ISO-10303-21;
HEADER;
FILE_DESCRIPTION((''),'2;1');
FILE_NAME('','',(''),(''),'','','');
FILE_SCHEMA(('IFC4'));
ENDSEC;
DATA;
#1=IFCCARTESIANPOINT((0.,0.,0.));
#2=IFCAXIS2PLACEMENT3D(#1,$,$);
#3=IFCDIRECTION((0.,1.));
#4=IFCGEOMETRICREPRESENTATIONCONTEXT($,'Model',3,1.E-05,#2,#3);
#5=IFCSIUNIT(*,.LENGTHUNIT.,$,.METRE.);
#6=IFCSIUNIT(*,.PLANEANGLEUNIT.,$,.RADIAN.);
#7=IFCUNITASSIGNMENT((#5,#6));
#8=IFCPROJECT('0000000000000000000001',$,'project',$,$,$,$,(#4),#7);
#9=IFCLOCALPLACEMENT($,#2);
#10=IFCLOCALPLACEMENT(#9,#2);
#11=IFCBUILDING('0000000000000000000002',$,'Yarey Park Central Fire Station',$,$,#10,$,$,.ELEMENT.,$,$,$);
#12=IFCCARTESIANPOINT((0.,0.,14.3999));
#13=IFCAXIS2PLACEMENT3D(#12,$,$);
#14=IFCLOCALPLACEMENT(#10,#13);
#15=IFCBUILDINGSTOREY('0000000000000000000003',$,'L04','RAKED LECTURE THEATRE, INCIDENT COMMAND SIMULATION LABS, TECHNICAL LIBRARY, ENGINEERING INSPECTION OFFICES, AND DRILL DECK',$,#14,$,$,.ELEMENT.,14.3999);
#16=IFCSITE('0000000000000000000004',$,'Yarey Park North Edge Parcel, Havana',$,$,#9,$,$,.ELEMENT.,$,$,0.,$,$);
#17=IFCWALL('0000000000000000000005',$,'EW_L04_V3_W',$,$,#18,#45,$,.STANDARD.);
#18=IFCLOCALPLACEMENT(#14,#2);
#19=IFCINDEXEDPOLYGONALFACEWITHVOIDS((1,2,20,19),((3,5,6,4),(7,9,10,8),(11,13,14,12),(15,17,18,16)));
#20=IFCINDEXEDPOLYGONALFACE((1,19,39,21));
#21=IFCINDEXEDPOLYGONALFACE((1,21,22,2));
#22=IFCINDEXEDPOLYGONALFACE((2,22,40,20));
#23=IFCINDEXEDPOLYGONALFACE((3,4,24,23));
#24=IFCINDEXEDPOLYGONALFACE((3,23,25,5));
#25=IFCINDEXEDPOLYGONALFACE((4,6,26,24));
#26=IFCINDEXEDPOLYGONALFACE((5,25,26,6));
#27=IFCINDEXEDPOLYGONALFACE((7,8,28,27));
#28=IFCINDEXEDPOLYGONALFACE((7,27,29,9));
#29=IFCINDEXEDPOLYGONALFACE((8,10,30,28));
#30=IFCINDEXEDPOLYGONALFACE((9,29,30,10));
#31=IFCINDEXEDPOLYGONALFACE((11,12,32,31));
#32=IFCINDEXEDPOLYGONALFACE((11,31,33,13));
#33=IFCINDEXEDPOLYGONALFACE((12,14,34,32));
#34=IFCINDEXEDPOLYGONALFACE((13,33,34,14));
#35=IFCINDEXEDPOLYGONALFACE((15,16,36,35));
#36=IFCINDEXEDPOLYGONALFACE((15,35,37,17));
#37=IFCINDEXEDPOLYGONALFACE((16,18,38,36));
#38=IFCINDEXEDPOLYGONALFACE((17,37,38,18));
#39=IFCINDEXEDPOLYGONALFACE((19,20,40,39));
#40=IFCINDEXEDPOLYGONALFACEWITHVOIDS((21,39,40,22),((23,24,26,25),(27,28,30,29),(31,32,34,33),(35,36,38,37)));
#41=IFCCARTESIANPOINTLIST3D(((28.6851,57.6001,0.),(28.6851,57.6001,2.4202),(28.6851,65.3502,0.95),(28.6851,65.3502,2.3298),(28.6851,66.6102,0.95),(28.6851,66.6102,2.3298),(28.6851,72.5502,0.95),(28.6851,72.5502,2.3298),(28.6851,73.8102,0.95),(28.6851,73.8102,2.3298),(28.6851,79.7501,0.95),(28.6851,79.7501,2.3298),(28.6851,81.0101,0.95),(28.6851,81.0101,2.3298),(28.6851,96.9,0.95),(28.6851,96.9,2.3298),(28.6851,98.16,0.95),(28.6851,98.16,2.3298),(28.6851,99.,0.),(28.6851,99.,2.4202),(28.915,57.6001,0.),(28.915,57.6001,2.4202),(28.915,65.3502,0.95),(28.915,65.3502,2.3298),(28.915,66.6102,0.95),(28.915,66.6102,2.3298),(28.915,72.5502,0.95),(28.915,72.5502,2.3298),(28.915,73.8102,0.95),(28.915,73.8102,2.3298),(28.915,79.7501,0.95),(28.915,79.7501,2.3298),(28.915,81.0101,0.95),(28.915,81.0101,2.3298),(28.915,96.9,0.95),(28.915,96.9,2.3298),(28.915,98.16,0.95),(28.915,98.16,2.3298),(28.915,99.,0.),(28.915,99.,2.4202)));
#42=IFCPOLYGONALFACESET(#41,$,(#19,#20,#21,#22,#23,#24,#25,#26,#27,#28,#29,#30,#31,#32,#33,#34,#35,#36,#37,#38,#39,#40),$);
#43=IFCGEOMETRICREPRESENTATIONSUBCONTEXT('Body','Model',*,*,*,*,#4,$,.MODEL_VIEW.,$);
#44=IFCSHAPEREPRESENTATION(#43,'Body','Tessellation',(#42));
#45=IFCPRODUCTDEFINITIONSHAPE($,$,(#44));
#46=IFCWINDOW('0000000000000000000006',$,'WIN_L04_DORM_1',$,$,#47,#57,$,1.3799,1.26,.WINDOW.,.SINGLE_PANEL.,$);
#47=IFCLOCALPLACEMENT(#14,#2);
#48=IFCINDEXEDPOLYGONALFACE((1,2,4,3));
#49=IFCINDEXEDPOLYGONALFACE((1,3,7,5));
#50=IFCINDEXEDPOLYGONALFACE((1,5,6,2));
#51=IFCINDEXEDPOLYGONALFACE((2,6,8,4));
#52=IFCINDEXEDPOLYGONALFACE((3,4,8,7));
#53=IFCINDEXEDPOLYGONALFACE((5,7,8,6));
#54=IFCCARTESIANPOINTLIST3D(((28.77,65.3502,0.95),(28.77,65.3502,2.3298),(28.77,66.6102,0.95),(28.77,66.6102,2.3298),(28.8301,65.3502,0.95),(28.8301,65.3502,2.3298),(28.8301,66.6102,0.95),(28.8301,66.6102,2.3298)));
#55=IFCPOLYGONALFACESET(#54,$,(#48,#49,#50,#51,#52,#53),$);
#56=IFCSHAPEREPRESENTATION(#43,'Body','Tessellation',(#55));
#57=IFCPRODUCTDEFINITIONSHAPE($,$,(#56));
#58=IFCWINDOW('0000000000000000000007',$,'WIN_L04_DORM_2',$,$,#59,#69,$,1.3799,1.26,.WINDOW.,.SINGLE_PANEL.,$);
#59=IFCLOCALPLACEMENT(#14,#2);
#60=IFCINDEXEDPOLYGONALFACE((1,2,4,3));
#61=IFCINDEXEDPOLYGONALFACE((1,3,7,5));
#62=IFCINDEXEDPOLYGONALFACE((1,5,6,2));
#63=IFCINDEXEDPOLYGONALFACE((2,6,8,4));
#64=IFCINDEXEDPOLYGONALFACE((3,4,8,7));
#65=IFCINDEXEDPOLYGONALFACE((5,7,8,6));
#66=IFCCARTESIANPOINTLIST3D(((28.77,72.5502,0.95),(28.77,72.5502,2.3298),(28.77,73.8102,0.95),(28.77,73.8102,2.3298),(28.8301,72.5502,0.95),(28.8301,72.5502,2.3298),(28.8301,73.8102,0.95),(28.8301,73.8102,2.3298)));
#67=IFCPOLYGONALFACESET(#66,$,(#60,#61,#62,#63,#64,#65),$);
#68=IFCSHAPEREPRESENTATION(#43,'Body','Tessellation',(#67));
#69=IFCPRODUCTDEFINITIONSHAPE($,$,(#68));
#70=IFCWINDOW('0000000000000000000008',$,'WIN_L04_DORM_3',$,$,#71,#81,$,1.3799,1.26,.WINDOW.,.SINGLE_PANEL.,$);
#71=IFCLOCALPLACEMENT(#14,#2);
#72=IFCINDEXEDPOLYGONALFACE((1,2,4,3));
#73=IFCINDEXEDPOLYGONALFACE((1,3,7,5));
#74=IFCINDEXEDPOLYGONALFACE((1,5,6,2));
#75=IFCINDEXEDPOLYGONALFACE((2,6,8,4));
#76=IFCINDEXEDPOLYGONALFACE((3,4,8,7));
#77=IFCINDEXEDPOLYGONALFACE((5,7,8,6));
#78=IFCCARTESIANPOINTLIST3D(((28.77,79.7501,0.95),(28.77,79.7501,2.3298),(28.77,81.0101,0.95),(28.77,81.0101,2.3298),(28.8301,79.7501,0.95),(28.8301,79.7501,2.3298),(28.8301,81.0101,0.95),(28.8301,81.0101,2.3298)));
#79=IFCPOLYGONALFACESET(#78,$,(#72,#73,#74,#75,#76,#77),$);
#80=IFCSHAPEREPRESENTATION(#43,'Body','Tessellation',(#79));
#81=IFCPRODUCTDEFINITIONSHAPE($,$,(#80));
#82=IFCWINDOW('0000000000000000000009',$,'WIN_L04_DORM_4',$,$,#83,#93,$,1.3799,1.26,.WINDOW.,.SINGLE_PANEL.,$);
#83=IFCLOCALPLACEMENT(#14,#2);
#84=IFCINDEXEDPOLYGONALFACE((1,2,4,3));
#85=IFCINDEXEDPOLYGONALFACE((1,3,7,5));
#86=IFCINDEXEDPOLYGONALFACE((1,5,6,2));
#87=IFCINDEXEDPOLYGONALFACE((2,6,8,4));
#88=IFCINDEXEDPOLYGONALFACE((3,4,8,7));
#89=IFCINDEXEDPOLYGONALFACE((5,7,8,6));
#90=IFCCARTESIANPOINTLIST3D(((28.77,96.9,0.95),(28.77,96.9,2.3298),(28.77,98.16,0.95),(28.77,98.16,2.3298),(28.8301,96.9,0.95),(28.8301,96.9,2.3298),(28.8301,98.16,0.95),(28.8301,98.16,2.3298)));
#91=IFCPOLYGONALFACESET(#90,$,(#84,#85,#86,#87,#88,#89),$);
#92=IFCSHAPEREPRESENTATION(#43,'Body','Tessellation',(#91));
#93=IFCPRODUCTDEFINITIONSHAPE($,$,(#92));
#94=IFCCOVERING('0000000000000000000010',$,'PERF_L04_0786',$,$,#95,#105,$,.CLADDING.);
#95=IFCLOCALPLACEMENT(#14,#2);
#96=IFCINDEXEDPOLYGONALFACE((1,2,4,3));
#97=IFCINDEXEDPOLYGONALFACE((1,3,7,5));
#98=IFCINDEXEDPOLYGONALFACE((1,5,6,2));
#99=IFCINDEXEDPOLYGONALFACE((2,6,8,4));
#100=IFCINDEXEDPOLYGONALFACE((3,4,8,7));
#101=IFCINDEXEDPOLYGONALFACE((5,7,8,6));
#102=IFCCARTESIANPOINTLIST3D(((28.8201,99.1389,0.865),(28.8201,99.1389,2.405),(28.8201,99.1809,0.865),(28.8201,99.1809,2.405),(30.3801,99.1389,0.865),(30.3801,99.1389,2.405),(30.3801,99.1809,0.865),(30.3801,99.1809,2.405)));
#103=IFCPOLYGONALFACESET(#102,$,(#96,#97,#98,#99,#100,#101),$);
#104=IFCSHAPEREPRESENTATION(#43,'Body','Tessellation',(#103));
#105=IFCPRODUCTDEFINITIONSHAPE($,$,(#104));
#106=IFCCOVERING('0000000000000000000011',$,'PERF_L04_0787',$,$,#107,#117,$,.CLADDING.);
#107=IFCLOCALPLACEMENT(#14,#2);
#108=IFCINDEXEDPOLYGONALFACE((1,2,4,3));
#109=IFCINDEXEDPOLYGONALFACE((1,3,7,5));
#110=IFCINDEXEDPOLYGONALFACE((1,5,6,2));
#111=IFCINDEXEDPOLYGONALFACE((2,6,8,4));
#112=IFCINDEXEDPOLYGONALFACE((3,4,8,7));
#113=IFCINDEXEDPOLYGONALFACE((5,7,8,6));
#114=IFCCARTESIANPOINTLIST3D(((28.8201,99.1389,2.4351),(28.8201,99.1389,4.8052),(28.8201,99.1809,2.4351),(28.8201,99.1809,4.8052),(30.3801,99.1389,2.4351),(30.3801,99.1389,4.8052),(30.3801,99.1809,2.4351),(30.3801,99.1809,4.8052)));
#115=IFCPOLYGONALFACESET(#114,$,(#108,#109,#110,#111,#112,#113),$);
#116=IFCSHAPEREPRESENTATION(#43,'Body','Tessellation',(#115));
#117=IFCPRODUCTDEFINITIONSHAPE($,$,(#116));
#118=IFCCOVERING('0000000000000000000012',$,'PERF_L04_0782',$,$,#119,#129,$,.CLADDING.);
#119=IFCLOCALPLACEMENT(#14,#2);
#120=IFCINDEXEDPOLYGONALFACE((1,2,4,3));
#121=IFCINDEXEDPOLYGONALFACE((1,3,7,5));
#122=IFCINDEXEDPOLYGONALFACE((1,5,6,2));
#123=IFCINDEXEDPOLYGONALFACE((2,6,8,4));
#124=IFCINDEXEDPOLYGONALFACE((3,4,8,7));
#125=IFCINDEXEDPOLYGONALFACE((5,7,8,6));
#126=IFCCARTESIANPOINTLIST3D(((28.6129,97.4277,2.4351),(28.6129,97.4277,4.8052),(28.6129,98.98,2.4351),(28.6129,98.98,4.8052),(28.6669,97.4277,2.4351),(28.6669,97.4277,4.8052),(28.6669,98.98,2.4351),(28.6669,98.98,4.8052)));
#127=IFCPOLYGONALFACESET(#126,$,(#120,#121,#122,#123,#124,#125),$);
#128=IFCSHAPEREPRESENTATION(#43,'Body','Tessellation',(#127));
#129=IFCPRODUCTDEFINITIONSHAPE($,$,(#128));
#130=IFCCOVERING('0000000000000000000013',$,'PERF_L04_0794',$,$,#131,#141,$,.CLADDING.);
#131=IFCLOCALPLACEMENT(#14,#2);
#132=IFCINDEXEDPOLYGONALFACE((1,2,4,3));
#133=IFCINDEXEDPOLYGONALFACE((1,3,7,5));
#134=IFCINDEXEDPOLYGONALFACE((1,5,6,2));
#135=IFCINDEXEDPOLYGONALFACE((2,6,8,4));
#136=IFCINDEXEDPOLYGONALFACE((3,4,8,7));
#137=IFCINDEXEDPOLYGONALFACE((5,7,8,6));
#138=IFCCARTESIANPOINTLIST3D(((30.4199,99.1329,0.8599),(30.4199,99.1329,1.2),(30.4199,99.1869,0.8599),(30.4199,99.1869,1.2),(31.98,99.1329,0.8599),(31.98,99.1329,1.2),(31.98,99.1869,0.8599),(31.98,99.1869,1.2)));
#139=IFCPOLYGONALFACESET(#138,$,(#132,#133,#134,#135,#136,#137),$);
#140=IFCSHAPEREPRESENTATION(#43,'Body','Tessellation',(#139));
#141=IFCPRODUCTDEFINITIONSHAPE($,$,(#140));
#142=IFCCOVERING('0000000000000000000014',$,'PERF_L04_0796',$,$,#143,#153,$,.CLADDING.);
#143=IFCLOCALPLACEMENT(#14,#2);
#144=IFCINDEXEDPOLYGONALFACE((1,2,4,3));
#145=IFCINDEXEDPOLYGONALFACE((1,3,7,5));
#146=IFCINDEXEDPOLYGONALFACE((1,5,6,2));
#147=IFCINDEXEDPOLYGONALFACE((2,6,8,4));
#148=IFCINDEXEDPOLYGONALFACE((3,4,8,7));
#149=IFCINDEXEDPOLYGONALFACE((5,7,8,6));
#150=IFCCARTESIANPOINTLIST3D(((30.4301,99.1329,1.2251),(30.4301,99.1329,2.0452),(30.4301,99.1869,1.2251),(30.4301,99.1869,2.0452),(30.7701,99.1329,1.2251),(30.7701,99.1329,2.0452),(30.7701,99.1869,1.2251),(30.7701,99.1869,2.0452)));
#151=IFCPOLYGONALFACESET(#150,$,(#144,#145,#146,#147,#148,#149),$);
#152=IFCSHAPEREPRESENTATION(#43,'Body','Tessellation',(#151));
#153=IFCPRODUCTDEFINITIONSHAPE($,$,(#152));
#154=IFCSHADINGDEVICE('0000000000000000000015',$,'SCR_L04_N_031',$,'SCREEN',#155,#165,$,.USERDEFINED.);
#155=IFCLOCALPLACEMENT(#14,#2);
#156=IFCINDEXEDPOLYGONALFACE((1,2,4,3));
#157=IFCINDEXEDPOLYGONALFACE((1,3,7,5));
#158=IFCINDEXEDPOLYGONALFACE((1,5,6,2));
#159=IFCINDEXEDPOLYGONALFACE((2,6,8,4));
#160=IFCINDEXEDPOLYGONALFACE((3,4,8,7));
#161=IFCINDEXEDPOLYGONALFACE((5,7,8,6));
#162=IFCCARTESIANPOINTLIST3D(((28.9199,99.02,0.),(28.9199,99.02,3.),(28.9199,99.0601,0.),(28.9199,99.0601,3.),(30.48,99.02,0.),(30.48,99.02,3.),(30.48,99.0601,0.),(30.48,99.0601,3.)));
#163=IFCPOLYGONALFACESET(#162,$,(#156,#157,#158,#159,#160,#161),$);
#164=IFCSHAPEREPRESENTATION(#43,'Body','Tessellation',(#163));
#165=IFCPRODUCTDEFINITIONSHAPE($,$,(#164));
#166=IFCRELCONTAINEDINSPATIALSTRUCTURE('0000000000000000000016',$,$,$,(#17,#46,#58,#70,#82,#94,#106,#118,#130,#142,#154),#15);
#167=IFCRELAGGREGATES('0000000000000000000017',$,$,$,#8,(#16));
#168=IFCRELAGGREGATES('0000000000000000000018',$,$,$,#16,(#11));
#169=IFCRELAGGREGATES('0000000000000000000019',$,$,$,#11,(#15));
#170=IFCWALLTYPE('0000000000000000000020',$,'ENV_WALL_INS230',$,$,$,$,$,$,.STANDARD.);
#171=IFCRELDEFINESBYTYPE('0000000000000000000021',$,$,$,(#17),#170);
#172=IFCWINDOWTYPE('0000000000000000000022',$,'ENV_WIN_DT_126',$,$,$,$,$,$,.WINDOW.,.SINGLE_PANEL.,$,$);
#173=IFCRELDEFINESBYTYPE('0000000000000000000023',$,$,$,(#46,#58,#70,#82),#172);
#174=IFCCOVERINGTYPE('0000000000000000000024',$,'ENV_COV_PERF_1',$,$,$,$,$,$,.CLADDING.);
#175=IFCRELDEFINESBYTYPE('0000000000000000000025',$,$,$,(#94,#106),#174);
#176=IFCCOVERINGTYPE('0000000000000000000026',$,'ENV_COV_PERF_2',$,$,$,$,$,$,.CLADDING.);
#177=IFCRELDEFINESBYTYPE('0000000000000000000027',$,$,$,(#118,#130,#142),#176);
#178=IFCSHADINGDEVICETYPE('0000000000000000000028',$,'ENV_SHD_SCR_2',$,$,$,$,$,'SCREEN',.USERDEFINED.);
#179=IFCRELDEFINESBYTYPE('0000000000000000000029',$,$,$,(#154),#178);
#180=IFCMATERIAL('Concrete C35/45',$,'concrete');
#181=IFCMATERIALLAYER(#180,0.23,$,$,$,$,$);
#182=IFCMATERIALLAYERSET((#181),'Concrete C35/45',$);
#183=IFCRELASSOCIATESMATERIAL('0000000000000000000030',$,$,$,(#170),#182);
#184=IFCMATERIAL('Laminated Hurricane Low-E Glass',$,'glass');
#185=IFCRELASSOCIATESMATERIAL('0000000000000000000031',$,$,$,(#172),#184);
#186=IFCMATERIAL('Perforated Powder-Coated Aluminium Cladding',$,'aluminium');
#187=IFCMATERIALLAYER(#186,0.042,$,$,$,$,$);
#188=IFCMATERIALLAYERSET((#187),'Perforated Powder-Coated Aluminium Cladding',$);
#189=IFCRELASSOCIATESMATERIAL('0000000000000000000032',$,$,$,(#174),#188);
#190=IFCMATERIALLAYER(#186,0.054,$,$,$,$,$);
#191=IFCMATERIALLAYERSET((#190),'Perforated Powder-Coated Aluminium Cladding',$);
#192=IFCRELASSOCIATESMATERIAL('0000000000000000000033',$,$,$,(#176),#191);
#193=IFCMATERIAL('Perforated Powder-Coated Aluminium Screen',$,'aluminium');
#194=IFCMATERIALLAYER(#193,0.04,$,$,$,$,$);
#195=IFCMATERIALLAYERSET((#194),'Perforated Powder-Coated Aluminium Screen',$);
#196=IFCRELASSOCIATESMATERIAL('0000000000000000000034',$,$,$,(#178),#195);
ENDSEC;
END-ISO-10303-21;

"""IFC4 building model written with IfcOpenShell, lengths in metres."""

from ifc_helpers import new_model, si_unit, direction, frame, frame_2d, origin, origin_2d, place, context, subcontext, project, spatial, rectangle, extrude, material, layer, layer_set, type_object, element, fill, save


model = new_model("IFC4")

# Units and contexts
model_context = context("Model", 3, precision=1e-05, world=origin(), true_north=direction((0.0, 1.0)))
body_context = subcontext(model_context, "Body", "Model", "MODEL_VIEW")
ifc_project = project(units=[si_unit("LENGTHUNIT", "METRE"), si_unit("PLANEANGLEUNIT", "RADIAN")], contexts=[model_context])

# Site, building, storey
site_placement = place(None, origin())
site = spatial("IfcSite", under=ifc_project, at=site_placement, Name="Yarey Park North Edge Parcel, Havana", CompositionType="ELEMENT", RefElevation=0.0)
building_placement = place(site_placement, origin())
building = spatial("IfcBuilding", under=site, at=building_placement, Name="Yarey Park Central Fire Station", CompositionType="ELEMENT")
storey_placement = place(building_placement, frame((0.0, 0.0, 14.3999)))
storey = spatial("IfcBuildingStorey", under=building, at=storey_placement, Name="L04", Description="RAKED LECTURE THEATRE, INCIDENT COMMAND SIMULATION LABS, TECHNICAL LIBRARY, ENGINEERING INSPECTION OFFICES, AND DRILL DECK", CompositionType="ELEMENT", Elevation=14.3999)

# Shared definitions
ifc_material_1 = material(Name="Laminated Hurricane Low-E Glass", Category="glass")

# Wall, openings, windows
ifc_material_2 = material(Name="Concrete C35/45", Category="concrete")
ifc_layer_1 = layer(ifc_material_2, 0.23)
ifc_layer_set_1 = layer_set([ifc_layer_1], Name="Concrete C35/45")
wall_type = type_object("IfcWallType", Name="ENV_WALL_INS230", PredefinedType="STANDARD", material=ifc_layer_set_1)
wall_placement = place(storey_placement, frame((28.8, 99.0, 0.0), z_axis=(0.0, 0.0, 1.0), x_axis=(0.0, -1.0, 0.0)))
wall = element("IfcWall", 1, at=wall_placement, inside=storey, type_object=wall_type, Name="EW_L04_V3_W", PredefinedType="STANDARD", context=body_context, shape_type="SweptSolid", body=[
    extrude(rectangle(XDim=41.3999, YDim=0.23, at=frame_2d((20.7, 0.0))), origin(), (0.0, 0.0, 1.0), 2.4202),
])
opening_1_placement = place(wall_placement, frame((32.3899, 0.0, 0.95)))
opening_1 = element("IfcOpeningElement", 2, at=opening_1_placement, cuts=wall, PredefinedType="OPENING", context=body_context, shape_type="SweptSolid", body=[
    extrude(rectangle(XDim=1.26, YDim=1.3799, at=frame_2d((0.6299, 0.6899))), frame((0.0, 0.125, 0.0), z_axis=(0.0, -1.0, 0.0), x_axis=(1.0, 0.0, 0.0)), (0.0, 0.0, 1.0), 0.25),
])
opening_2_placement = place(wall_placement, frame((25.1899, 0.0, 0.95)))
opening_2 = element("IfcOpeningElement", 3, at=opening_2_placement, cuts=wall, PredefinedType="OPENING", context=body_context, shape_type="SweptSolid", body=[
    extrude(rectangle(XDim=1.26, YDim=1.3799, at=frame_2d((0.6299, 0.6899))), frame((0.0, 0.125, 0.0), z_axis=(0.0, -1.0, 0.0), x_axis=(1.0, 0.0, 0.0)), (0.0, 0.0, 1.0), 0.25),
])
opening_3_placement = place(wall_placement, frame((17.99, 0.0, 0.95)))
opening_3 = element("IfcOpeningElement", 4, at=opening_3_placement, cuts=wall, PredefinedType="OPENING", context=body_context, shape_type="SweptSolid", body=[
    extrude(rectangle(XDim=1.26, YDim=1.3799, at=frame_2d((0.6299, 0.6899))), frame((0.0, 0.125, 0.0), z_axis=(0.0, -1.0, 0.0), x_axis=(1.0, 0.0, 0.0)), (0.0, 0.0, 1.0), 0.25),
])
opening_4_placement = place(wall_placement, frame((0.8401, 0.0, 0.95)))
opening_4 = element("IfcOpeningElement", 5, at=opening_4_placement, cuts=wall, PredefinedType="OPENING", context=body_context, shape_type="SweptSolid", body=[
    extrude(rectangle(XDim=1.26, YDim=1.3799, at=frame_2d((0.6299, 0.6899))), frame((0.0, 0.125, 0.0), z_axis=(0.0, -1.0, 0.0), x_axis=(1.0, 0.0, 0.0)), (0.0, 0.0, 1.0), 0.25),
])
window_type = type_object("IfcWindowType", Name="ENV_WIN_DT_126", PartitioningType="SINGLE_PANEL", PredefinedType="WINDOW", material=ifc_material_1)
window_1_placement = place(opening_1_placement, origin())
window_1 = element("IfcWindow", 6, at=window_1_placement, inside=storey, type_object=window_type, Name="WIN_L04_DORM_1", OverallHeight=1.3799, OverallWidth=1.26, PartitioningType="SINGLE_PANEL", PredefinedType="WINDOW", context=body_context, shape_type="SweptSolid", body=[
    extrude(rectangle(XDim=1.26, YDim=1.3799, at=frame_2d((0.6299, 0.6899))), frame((0.0, 0.03, 0.0), z_axis=(0.0, -1.0, 0.0), x_axis=(1.0, 0.0, 0.0)), (0.0, 0.0, 1.0), 0.0601),
])
fill(opening_1, window_1)
window_2_placement = place(opening_2_placement, origin())
window_2 = element("IfcWindow", 7, at=window_2_placement, inside=storey, type_object=window_type, Name="WIN_L04_DORM_2", OverallHeight=1.3799, OverallWidth=1.26, PartitioningType="SINGLE_PANEL", PredefinedType="WINDOW", context=body_context, shape_type="SweptSolid", body=[
    extrude(rectangle(XDim=1.26, YDim=1.3799, at=frame_2d((0.6299, 0.6899))), frame((0.0, 0.03, 0.0), z_axis=(0.0, -1.0, 0.0), x_axis=(1.0, 0.0, 0.0)), (0.0, 0.0, 1.0), 0.0601),
])
fill(opening_2, window_2)
window_3_placement = place(opening_3_placement, origin())
window_3 = element("IfcWindow", 8, at=window_3_placement, inside=storey, type_object=window_type, Name="WIN_L04_DORM_3", OverallHeight=1.3799, OverallWidth=1.26, PartitioningType="SINGLE_PANEL", PredefinedType="WINDOW", context=body_context, shape_type="SweptSolid", body=[
    extrude(rectangle(XDim=1.26, YDim=1.3799, at=frame_2d((0.6299, 0.6899))), frame((0.0, 0.03, 0.0), z_axis=(0.0, -1.0, 0.0), x_axis=(1.0, 0.0, 0.0)), (0.0, 0.0, 1.0), 0.0601),
])
fill(opening_3, window_3)
window_4_placement = place(opening_4_placement, origin())
window_4 = element("IfcWindow", 9, at=window_4_placement, inside=storey, type_object=window_type, Name="WIN_L04_DORM_4", OverallHeight=1.3799, OverallWidth=1.26, PartitioningType="SINGLE_PANEL", PredefinedType="WINDOW", context=body_context, shape_type="SweptSolid", body=[
    extrude(rectangle(XDim=1.26, YDim=1.3799, at=frame_2d((0.6299, 0.6899))), frame((0.0, 0.03, 0.0), z_axis=(0.0, -1.0, 0.0), x_axis=(1.0, 0.0, 0.0)), (0.0, 0.0, 1.0), 0.0601),
])
fill(opening_4, window_4)

# Coverings
ifc_material_3 = material(Name="Perforated Powder-Coated Aluminium Cladding", Category="aluminium")
ifc_layer_2 = layer(ifc_material_3, 0.042)
ifc_layer_set_2 = layer_set([ifc_layer_2], Name="Perforated Powder-Coated Aluminium Cladding")
covering_type_1 = type_object("IfcCoveringType", Name="ENV_COV_PERF_1", PredefinedType="CLADDING", material=ifc_layer_set_2)
covering_1_placement = place(storey_placement, frame((29.6001, 99.1599, 0.865), z_axis=(0.0, 0.0, 1.0), x_axis=(1.0, 0.0, 0.0)))
element("IfcCovering", 10, at=covering_1_placement, inside=storey, type_object=covering_type_1, Name="PERF_L04_0786", PredefinedType="CLADDING", context=body_context, shape_type="SweptSolid", body=[
    extrude(rectangle(XDim=1.5601, YDim=0.042, at=origin_2d()), origin(), (0.0, 0.0, 1.0), 1.54),
])
covering_2_placement = place(storey_placement, frame((29.6001, 99.1599, 2.4351), z_axis=(0.0, 0.0, 1.0), x_axis=(1.0, 0.0, 0.0)))
element("IfcCovering", 11, at=covering_2_placement, inside=storey, type_object=covering_type_1, Name="PERF_L04_0787", PredefinedType="CLADDING", context=body_context, shape_type="SweptSolid", body=[
    extrude(rectangle(XDim=1.5601, YDim=0.042, at=origin_2d()), origin(), (0.0, 0.0, 1.0), 2.3701),
])
ifc_layer_3 = layer(ifc_material_3, 0.054)
ifc_layer_set_3 = layer_set([ifc_layer_3], Name="Perforated Powder-Coated Aluminium Cladding")
covering_type_2 = type_object("IfcCoveringType", Name="ENV_COV_PERF_2", PredefinedType="CLADDING", material=ifc_layer_set_3)
covering_3_placement = place(storey_placement, frame((28.6399, 98.2039, 2.4351), z_axis=(0.0, 0.0, 1.0), x_axis=(0.0, 1.0, 0.0)))
element("IfcCovering", 12, at=covering_3_placement, inside=storey, type_object=covering_type_2, Name="PERF_L04_0782", PredefinedType="CLADDING", context=body_context, shape_type="SweptSolid", body=[
    extrude(rectangle(XDim=1.5522, YDim=0.054, at=origin_2d()), origin(), (0.0, 0.0, 1.0), 2.3701),
])
covering_4_placement = place(storey_placement, frame((31.2, 99.1599, 0.8599), z_axis=(0.0, 0.0, 1.0), x_axis=(1.0, 0.0, 0.0)))
element("IfcCovering", 13, at=covering_4_placement, inside=storey, type_object=covering_type_2, Name="PERF_L04_0794", PredefinedType="CLADDING", context=body_context, shape_type="SweptSolid", body=[
    extrude(rectangle(XDim=1.5601, YDim=0.054, at=origin_2d()), origin(), (0.0, 0.0, 1.0), 0.3401),
])
covering_5_placement = place(storey_placement, frame((30.6001, 99.1599, 1.2251), z_axis=(0.0, 0.0, 1.0), x_axis=(1.0, 0.0, 0.0)))
element("IfcCovering", 14, at=covering_5_placement, inside=storey, type_object=covering_type_2, Name="PERF_L04_0796", PredefinedType="CLADDING", context=body_context, shape_type="SweptSolid", body=[
    extrude(rectangle(XDim=0.3401, YDim=0.054, at=origin_2d()), origin(), (0.0, 0.0, 1.0), 0.8201),
])

# Shading device
ifc_material_4 = material(Name="Perforated Powder-Coated Aluminium Screen", Category="aluminium")
ifc_layer_4 = layer(ifc_material_4, 0.04)
ifc_layer_set_4 = layer_set([ifc_layer_4], Name="Perforated Powder-Coated Aluminium Screen")
shading_device_type = type_object("IfcShadingDeviceType", Name="ENV_SHD_SCR_2", ElementType="SCREEN", PredefinedType="USERDEFINED", material=ifc_layer_set_4)
shading_device_placement = place(storey_placement, frame((29.7, 99.04, 0.0), z_axis=(0.0, 0.0, 1.0), x_axis=(1.0, 0.0, 0.0)))
element("IfcShadingDevice", 15, at=shading_device_placement, inside=storey, type_object=shading_device_type, Name="SCR_L04_N_031", ObjectType="SCREEN", PredefinedType="USERDEFINED", context=body_context, shape_type="SweptSolid", body=[
    extrude(rectangle(XDim=1.5601, YDim=0.04, at=origin_2d()), origin(), (0.0, 0.0, 1.0), 3.0),
])

save(model, "model.ifc")
